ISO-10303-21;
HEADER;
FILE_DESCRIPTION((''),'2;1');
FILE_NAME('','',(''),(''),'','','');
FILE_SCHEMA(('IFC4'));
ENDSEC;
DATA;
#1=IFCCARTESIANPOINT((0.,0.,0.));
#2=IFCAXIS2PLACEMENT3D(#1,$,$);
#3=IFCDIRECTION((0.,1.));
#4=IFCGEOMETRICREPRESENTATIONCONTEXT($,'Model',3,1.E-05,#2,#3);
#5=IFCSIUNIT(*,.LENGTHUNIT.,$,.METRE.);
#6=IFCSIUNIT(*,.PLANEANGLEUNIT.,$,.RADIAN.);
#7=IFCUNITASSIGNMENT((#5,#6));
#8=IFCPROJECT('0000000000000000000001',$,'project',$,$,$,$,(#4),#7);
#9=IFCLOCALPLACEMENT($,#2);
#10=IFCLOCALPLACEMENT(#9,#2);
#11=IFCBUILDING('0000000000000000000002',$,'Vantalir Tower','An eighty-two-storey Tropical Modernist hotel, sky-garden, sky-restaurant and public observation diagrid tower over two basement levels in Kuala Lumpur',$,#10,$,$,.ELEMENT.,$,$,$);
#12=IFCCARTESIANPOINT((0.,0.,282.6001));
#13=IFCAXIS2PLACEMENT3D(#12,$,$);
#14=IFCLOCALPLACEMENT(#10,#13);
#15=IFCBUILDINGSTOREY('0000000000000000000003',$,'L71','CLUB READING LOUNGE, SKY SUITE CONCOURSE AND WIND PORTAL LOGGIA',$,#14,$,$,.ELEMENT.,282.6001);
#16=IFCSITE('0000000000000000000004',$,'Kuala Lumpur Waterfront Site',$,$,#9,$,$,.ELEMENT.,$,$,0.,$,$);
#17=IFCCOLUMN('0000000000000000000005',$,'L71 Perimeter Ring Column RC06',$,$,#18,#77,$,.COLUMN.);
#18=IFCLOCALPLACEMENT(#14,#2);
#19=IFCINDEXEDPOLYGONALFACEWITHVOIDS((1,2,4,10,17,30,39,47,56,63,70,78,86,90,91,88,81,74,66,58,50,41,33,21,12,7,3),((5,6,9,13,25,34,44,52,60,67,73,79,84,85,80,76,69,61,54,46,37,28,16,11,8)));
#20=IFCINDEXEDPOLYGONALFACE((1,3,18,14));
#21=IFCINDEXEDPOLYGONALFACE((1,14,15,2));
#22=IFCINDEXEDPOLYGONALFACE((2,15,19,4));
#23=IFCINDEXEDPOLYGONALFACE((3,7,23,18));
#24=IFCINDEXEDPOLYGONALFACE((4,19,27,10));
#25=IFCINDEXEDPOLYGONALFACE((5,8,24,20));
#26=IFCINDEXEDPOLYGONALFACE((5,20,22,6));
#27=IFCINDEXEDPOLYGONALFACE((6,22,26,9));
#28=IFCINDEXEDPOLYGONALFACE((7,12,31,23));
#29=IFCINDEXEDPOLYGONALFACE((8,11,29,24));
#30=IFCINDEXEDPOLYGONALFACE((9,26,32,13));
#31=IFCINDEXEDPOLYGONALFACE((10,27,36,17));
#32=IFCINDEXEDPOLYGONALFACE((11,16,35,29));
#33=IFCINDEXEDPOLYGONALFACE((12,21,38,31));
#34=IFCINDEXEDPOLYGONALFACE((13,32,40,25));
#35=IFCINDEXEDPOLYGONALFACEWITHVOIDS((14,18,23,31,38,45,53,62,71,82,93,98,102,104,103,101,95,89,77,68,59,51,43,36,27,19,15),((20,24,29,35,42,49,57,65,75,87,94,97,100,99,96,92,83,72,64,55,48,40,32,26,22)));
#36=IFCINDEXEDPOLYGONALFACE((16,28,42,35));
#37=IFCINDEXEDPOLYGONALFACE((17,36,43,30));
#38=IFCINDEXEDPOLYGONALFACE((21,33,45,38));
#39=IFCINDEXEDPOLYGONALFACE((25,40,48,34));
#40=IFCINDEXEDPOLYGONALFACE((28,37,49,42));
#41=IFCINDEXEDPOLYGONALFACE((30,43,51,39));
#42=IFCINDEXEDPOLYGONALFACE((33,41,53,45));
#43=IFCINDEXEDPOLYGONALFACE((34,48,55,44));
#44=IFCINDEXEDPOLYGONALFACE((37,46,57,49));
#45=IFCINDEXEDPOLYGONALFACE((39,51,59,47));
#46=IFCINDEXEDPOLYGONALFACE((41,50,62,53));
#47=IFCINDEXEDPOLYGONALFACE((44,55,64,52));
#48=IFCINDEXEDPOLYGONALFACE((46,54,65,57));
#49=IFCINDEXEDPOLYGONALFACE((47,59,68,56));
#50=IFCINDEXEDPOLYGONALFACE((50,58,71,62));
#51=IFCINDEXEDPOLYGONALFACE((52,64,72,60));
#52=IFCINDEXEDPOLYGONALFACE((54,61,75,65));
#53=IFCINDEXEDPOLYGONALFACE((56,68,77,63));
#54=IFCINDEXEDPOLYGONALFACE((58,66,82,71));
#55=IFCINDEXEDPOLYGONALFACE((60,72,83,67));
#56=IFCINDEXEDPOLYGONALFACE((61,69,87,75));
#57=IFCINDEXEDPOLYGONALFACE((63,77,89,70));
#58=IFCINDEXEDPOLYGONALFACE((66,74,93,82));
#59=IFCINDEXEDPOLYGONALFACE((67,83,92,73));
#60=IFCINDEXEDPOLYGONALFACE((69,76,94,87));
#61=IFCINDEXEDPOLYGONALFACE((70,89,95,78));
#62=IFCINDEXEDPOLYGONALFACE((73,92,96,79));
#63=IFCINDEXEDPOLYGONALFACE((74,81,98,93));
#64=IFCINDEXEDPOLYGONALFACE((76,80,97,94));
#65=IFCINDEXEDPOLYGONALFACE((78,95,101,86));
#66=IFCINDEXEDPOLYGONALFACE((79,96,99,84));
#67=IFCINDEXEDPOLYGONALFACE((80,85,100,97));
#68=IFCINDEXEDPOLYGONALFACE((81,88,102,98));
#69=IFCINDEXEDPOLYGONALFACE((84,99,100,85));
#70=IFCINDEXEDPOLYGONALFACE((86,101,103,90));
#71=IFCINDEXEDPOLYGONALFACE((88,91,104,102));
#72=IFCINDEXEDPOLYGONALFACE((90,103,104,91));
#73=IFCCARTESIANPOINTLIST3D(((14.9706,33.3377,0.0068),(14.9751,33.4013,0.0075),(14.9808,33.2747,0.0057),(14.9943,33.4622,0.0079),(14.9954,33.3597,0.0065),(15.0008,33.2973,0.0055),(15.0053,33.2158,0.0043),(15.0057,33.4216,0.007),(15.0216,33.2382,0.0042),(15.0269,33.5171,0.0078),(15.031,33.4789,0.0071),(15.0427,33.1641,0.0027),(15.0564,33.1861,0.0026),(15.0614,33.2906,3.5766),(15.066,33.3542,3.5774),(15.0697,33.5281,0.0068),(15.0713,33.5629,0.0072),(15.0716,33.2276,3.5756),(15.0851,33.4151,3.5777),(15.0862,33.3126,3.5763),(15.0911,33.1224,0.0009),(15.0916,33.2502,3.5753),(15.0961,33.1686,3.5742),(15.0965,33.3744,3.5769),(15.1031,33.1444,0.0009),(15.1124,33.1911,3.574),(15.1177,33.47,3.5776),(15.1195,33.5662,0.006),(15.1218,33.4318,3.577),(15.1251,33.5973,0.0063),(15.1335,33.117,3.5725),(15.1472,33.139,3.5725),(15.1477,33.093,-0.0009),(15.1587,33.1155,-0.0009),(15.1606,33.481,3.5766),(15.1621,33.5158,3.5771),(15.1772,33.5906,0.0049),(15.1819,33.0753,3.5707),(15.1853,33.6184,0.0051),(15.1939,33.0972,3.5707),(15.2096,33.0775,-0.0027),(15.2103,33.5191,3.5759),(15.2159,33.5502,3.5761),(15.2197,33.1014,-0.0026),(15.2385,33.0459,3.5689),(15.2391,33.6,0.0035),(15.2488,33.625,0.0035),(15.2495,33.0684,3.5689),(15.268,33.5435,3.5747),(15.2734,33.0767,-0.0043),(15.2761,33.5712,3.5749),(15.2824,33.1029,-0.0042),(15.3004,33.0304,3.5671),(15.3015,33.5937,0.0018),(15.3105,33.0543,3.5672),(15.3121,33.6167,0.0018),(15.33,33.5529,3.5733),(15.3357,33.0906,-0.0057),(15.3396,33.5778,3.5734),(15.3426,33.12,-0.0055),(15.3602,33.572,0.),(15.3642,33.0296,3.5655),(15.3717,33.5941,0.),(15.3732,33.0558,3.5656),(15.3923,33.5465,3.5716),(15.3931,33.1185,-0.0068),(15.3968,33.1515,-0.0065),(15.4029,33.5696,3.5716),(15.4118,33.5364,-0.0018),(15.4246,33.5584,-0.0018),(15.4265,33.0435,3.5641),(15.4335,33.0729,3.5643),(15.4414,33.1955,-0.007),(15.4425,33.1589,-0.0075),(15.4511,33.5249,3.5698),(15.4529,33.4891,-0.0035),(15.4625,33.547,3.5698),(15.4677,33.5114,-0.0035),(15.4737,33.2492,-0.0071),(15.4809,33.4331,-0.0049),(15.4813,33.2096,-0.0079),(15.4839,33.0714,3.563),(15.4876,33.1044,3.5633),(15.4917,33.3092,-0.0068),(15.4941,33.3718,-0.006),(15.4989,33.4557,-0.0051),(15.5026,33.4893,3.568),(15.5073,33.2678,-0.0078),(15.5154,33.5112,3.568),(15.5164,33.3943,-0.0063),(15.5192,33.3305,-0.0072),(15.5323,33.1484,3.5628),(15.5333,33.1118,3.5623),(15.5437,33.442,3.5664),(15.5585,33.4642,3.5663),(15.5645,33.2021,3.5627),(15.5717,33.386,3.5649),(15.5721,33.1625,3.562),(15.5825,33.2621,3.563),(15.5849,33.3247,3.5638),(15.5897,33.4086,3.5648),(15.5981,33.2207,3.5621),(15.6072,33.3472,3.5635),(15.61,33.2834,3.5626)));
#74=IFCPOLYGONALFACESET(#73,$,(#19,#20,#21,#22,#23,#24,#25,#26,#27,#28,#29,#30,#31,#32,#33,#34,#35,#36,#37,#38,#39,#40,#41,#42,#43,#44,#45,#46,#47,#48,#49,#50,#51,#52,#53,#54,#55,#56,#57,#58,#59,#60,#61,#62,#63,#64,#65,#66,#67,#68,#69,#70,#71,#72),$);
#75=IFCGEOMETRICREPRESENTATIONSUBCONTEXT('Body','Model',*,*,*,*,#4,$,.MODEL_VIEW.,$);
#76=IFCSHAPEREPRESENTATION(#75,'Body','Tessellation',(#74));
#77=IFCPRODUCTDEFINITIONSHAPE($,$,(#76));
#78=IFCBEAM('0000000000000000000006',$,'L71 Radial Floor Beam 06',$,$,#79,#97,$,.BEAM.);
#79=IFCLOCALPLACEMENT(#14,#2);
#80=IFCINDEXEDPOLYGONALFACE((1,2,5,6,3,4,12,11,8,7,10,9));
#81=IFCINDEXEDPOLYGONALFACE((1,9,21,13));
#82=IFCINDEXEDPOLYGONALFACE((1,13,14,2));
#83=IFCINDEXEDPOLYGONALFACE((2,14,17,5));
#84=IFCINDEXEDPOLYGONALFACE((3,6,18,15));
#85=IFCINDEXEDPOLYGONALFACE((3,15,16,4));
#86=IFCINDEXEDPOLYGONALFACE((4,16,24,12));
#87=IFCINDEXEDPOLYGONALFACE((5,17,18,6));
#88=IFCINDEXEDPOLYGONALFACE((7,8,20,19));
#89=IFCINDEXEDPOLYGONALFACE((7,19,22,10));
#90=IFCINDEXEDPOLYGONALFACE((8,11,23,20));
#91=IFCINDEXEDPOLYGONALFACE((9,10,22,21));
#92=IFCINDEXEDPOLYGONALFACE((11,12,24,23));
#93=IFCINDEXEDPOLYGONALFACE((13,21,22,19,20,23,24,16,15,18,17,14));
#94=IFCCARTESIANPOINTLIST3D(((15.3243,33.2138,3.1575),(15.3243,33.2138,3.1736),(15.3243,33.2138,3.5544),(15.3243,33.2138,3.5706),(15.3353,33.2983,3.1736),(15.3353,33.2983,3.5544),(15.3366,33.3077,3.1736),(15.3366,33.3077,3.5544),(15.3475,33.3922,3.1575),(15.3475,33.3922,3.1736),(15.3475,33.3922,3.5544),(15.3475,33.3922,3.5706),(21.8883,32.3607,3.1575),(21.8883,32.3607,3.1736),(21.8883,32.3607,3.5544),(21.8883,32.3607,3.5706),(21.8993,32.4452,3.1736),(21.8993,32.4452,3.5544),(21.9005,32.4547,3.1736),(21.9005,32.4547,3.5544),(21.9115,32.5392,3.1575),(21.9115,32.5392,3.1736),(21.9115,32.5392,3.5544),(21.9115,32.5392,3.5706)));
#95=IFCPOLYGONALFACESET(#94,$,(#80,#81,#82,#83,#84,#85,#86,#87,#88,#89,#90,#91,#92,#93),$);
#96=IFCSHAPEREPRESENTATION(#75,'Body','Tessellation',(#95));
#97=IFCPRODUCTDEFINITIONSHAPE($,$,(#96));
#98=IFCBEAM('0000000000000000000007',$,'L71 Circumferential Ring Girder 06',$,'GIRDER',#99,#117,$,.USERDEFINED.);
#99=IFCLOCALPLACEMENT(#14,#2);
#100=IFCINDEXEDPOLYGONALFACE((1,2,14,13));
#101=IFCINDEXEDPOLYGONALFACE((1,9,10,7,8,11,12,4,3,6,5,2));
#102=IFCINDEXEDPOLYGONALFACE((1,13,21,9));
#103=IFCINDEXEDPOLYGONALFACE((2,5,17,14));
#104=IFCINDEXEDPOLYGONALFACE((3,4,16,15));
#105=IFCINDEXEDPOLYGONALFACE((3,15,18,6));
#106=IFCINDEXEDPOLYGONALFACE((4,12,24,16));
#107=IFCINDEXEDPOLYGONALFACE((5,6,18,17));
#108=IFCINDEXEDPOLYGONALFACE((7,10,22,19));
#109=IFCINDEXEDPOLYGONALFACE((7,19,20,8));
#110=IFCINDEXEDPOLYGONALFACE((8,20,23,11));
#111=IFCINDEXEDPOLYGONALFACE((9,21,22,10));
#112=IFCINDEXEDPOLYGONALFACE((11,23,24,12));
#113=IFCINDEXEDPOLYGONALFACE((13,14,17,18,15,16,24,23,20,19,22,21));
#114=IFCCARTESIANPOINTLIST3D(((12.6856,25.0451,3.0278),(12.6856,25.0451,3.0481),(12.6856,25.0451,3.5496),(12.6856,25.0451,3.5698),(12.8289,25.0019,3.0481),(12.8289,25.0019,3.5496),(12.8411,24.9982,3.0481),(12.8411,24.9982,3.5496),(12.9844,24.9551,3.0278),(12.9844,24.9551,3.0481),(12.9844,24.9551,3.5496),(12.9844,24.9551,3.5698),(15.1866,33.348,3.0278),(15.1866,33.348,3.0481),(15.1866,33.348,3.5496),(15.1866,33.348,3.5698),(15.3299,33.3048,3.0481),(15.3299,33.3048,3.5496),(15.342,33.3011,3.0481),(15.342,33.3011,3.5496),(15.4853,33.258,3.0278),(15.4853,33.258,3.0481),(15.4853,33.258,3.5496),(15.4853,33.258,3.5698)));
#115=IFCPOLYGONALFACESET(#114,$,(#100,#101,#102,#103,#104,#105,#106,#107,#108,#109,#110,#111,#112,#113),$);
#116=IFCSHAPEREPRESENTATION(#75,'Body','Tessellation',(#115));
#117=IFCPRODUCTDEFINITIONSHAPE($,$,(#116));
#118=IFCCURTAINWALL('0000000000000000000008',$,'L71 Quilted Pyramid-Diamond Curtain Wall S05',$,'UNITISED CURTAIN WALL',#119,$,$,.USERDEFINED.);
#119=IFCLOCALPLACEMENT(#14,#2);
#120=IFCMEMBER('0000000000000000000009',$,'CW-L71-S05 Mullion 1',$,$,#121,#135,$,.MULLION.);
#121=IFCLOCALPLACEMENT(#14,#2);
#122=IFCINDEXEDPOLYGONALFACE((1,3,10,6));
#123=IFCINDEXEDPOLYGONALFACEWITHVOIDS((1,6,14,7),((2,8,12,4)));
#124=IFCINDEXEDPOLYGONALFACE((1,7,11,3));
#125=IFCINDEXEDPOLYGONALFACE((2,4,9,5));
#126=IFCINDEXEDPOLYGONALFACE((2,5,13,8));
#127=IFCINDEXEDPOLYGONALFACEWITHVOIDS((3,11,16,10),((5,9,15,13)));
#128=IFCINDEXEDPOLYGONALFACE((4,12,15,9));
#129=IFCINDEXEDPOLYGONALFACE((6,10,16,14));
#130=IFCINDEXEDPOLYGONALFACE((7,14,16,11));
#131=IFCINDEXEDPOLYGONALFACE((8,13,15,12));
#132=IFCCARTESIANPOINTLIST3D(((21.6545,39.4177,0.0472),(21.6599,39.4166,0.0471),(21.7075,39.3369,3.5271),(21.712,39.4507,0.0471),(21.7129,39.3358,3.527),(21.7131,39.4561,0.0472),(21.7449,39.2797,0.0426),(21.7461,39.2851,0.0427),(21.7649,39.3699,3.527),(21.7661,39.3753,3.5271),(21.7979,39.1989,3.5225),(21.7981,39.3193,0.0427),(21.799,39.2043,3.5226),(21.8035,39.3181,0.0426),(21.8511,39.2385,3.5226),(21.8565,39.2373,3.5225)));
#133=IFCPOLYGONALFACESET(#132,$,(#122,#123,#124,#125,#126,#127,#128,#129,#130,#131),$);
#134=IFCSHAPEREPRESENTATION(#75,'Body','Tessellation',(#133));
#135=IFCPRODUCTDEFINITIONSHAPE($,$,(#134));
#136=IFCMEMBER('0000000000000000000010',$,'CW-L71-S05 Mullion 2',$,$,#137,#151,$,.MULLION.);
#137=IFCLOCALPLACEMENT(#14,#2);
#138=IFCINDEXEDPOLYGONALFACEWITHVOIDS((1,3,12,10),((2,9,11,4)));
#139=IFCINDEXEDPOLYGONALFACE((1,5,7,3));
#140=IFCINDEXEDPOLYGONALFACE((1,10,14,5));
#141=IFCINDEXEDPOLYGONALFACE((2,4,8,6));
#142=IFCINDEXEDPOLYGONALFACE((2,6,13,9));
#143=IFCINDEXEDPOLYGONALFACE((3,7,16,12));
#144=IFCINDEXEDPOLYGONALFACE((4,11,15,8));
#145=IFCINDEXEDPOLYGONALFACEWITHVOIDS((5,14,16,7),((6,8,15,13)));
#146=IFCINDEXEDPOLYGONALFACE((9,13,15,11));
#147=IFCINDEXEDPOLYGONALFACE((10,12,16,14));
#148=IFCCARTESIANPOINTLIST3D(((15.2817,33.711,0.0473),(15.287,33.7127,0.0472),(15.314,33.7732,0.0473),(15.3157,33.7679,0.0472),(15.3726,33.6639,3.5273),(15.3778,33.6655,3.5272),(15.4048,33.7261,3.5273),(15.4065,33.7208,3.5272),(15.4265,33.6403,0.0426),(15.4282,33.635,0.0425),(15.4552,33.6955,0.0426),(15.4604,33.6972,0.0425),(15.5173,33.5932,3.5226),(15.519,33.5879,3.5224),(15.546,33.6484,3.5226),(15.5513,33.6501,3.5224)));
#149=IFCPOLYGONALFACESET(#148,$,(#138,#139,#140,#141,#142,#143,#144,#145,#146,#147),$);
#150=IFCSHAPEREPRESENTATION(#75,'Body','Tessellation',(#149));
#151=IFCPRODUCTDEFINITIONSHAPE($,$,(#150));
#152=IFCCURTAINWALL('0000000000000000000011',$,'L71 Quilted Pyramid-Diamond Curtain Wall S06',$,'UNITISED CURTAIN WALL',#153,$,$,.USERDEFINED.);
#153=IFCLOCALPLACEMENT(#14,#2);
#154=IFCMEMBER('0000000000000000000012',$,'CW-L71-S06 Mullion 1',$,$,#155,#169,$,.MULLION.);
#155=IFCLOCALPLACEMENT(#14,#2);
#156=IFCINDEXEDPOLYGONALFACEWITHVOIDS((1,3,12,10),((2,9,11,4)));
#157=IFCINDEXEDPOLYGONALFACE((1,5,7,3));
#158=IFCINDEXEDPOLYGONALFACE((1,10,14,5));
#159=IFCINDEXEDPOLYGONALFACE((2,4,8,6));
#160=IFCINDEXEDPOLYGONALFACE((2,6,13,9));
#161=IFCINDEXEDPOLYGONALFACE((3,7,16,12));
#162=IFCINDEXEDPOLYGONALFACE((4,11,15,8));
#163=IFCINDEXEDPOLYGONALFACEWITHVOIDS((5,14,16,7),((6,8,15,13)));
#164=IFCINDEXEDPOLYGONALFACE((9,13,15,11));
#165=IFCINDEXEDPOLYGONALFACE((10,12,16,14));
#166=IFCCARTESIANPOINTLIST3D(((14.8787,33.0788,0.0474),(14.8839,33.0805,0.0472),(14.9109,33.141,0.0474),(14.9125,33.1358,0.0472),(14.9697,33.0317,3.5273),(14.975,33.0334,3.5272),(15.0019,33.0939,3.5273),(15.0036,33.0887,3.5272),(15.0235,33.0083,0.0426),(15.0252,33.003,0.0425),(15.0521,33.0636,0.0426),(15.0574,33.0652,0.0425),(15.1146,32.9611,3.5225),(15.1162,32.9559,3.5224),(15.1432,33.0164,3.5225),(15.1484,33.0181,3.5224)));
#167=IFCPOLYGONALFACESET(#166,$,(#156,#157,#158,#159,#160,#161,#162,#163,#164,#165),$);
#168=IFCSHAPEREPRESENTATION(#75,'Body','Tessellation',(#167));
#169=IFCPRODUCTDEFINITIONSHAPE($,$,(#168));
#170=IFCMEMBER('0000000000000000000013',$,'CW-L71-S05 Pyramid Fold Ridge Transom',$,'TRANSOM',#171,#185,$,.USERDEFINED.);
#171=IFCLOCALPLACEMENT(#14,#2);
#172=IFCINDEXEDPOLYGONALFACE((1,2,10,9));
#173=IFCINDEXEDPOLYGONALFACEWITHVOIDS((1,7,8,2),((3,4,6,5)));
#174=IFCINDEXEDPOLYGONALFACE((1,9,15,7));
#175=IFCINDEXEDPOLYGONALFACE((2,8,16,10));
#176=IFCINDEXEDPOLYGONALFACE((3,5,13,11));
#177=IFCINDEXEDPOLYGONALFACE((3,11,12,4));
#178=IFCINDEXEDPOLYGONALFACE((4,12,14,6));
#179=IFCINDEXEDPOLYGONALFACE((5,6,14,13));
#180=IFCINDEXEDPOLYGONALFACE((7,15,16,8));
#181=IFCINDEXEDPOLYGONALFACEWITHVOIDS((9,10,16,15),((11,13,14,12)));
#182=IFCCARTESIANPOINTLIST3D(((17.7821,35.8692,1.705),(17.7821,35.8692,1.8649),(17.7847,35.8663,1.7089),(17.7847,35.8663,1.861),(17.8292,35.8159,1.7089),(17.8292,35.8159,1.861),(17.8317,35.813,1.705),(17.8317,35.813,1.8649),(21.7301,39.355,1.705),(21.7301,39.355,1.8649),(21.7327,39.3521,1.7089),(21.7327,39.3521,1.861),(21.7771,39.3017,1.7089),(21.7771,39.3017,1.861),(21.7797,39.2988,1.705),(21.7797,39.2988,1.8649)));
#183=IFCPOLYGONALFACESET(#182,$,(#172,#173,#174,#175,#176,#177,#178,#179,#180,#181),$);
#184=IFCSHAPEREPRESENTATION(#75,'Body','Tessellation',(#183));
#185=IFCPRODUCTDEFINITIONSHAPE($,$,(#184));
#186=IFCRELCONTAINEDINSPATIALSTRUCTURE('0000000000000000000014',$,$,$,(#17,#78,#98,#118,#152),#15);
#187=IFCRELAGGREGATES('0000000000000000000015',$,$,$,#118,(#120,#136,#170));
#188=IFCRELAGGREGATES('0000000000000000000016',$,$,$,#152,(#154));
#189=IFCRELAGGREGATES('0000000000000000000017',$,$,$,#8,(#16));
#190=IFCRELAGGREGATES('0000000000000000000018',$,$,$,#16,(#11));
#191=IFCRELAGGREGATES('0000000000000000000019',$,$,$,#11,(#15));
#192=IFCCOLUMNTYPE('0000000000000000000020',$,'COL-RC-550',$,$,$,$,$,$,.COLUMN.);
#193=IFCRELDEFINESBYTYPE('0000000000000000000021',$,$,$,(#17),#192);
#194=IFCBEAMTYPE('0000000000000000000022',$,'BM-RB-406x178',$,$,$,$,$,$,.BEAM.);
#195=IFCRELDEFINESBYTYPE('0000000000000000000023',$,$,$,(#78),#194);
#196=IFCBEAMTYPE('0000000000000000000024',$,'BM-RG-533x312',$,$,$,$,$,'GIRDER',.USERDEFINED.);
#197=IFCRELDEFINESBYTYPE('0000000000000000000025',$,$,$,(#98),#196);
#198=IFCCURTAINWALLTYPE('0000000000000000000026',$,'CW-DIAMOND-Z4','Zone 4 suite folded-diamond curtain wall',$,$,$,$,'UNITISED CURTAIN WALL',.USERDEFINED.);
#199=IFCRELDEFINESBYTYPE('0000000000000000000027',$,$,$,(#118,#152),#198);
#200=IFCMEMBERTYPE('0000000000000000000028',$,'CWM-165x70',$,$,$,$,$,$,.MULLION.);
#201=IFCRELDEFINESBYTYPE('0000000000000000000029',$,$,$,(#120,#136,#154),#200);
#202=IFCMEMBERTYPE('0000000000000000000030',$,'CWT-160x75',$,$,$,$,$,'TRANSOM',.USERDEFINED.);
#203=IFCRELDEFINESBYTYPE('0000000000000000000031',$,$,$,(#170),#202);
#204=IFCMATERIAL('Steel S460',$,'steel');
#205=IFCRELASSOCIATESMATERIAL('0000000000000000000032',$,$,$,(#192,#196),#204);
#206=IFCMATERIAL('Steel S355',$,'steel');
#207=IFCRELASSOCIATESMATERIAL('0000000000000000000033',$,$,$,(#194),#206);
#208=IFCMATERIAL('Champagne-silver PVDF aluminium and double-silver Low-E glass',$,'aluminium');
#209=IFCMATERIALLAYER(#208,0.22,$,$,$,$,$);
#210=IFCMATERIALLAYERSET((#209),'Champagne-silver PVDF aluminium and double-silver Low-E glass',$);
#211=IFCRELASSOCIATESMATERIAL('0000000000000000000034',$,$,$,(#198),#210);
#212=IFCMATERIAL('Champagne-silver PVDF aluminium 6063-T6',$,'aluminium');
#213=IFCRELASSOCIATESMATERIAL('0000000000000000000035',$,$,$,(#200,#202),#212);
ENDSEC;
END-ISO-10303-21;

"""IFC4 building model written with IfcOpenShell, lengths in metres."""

from ifc_helpers import new_model, si_unit, direction, frame, origin, origin_2d, place, context, subcontext, project, spatial, hollow_rectangle, hollow_circle, i_section, extrude, material, layer, layer_set, material_profile, profile_set, type_object, element, aggregate, save


model = new_model("IFC4")

# Units and contexts
model_context = context("Model", 3, precision=1e-05, world=origin(), true_north=direction((0.0, 1.0)))
body_context = subcontext(model_context, "Body", "Model", "MODEL_VIEW")
ifc_project = project(units=[si_unit("LENGTHUNIT", "METRE"), si_unit("PLANEANGLEUNIT", "RADIAN")], contexts=[model_context])

# Site, building, storey
site_placement = place(None, origin())
site = spatial("IfcSite", under=ifc_project, at=site_placement, Name="Kuala Lumpur Waterfront Site", CompositionType="ELEMENT", RefElevation=0.0)
building_placement = place(site_placement, origin())
building = spatial("IfcBuilding", under=site, at=building_placement, Name="Vantalir Tower", Description="An eighty-two-storey Tropical Modernist hotel, sky-garden, sky-restaurant and public observation diagrid tower over two basement levels in Kuala Lumpur", CompositionType="ELEMENT")
storey_placement = place(building_placement, frame((0.0, 0.0, 282.6001)))
storey = spatial("IfcBuildingStorey", under=building, at=storey_placement, Name="L71", Description="CLUB READING LOUNGE, SKY SUITE CONCOURSE AND WIND PORTAL LOGGIA", CompositionType="ELEMENT", Elevation=282.6001)

# Column
ifc_material_1 = material(Name="Steel S460", Category="steel")
ifc_material_profile_1 = material_profile(ifc_material_1, hollow_circle(Radius=0.2749, WallThickness=0.0249, at=origin_2d()), Name="Steel S460")
ifc_profile_set_1 = profile_set([ifc_material_profile_1], Name="Steel S460")
column_type = type_object("IfcColumnType", Name="COL-RC-550", PredefinedType="COLUMN", material=ifc_profile_set_1)
column_placement = place(storey_placement, frame((15.2451, 33.3501, 0.0), z_axis=(0.025431, -0.013194, 0.99959), x_axis=(0.460526, 0.887646, 0.0)))
element("IfcColumn", 1, at=column_placement, inside=storey, type_object=column_type, Name="L71 Perimeter Ring Column RC06", PredefinedType="COLUMN", context=body_context, shape_type="SweptSolid", body=[
    extrude(hollow_circle(Radius=0.2749, WallThickness=0.0249, at=origin_2d()), origin(), (0.0, 0.0, 1.0), 3.5713),
])

# Beams
ifc_material_2 = material(Name="Steel S355", Category="steel")
ifc_material_profile_2 = material_profile(ifc_material_2, i_section(OverallWidth=0.1799, OverallDepth=0.4131, WebThickness=0.0095, FlangeThickness=0.0161, at=origin_2d()), Name="Steel S355")
ifc_profile_set_2 = profile_set([ifc_material_profile_2], Name="Steel S355")
beam_type_1 = type_object("IfcBeamType", Name="BM-RB-406x178", PredefinedType="BEAM", material=ifc_profile_set_2)
beam_1_placement = place(storey_placement, frame((15.3359, 33.303, 3.364), z_axis=(0.991661, -0.128872, 0.0), x_axis=(0.128872, 0.991661, 0.0)))
element("IfcBeam", 2, at=beam_1_placement, inside=storey, type_object=beam_type_1, Name="L71 Radial Floor Beam 06", PredefinedType="BEAM", context=body_context, shape_type="SweptSolid", body=[
    extrude(i_section(OverallWidth=0.1799, OverallDepth=0.4131, WebThickness=0.0095, FlangeThickness=0.0161, at=origin_2d()), origin(), (0.0, 0.0, 1.0), 6.6191),
])
ifc_material_profile_3 = material_profile(ifc_material_1, i_section(OverallWidth=0.312, OverallDepth=0.542, WebThickness=0.0127, FlangeThickness=0.0203, at=origin_2d()), Name="Steel S460")
ifc_profile_set_3 = profile_set([ifc_material_profile_3], Name="Steel S460")
beam_type_2 = type_object("IfcBeamType", Name="BM-RG-533x312", ElementType="GIRDER", PredefinedType="USERDEFINED", material=ifc_profile_set_3)
beam_2_placement = place(storey_placement, frame((15.3359, 33.303, 3.2988), z_axis=(-0.288414, -0.957506, 0.0), x_axis=(0.957506, -0.288414, 0.0)))
element("IfcBeam", 3, at=beam_2_placement, inside=storey, type_object=beam_type_2, Name="L71 Circumferential Ring Girder 06", ObjectType="GIRDER", PredefinedType="USERDEFINED", context=body_context, shape_type="SweptSolid", body=[
    extrude(i_section(OverallWidth=0.312, OverallDepth=0.542, WebThickness=0.0127, FlangeThickness=0.0203, at=origin_2d()), origin(), (0.0, 0.0, 1.0), 8.6714),
])

# Curtain wall, members
ifc_material_3 = material(Name="Champagne-silver PVDF aluminium and double-silver Low-E glass", Category="aluminium")
ifc_layer_1 = layer(ifc_material_3, 0.22)
ifc_layer_set_1 = layer_set([ifc_layer_1], Name="Champagne-silver PVDF aluminium and double-silver Low-E glass")
curtain_wall_type = type_object("IfcCurtainWallType", Name="CW-DIAMOND-Z4", Description="Zone 4 suite folded-diamond curtain wall", ElementType="UNITISED CURTAIN WALL", PredefinedType="USERDEFINED", material=ifc_layer_set_1)
curtain_wall_1_placement = place(storey_placement, origin())
curtain_wall_1 = element("IfcCurtainWall", 4, at=curtain_wall_1_placement, inside=storey, type_object=curtain_wall_type, Name="L71 Quilted Pyramid-Diamond Curtain Wall S05", ObjectType="UNITISED CURTAIN WALL", PredefinedType="USERDEFINED")
ifc_material_4 = material(Name="Champagne-silver PVDF aluminium 6063-T6", Category="aluminium")
ifc_material_profile_4 = material_profile(ifc_material_4, hollow_rectangle(XDim=0.0701, YDim=0.165, WallThickness=0.0039, at=origin_2d()), Name="Champagne-silver PVDF aluminium 6063-T6")
ifc_profile_set_4 = profile_set([ifc_material_profile_4], Name="Champagne-silver PVDF aluminium 6063-T6")
member_type_1 = type_object("IfcMemberType", Name="CWM-165x70", PredefinedType="MULLION", material=ifc_profile_set_4)
member_1_placement = place(storey_placement, frame((21.729, 39.3679, 0.0449), z_axis=(0.015218, -0.023213, 0.999615), x_axis=(0.836301, 0.54827, 0.0)))
member_1 = element("IfcMember", 5, at=member_1_placement, type_object=member_type_1, Name="CW-L71-S05 Mullion 1", PredefinedType="MULLION", context=body_context, shape_type="SweptSolid", body=[
    extrude(hollow_rectangle(XDim=0.0701, YDim=0.165, WallThickness=0.0039, at=origin_2d()), origin(), (0.0, 0.0, 1.0), 3.4812),
])
member_2_placement = place(storey_placement, frame((15.3711, 33.7041, 0.0449), z_axis=(0.026087, -0.013534, 0.999568), x_axis=(0.460526, 0.887646, 0.0)))
member_2 = element("IfcMember", 6, at=member_2_placement, type_object=member_type_1, Name="CW-L71-S05 Mullion 2", PredefinedType="MULLION", context=body_context, shape_type="SweptSolid", body=[
    extrude(hollow_rectangle(XDim=0.0701, YDim=0.165, WallThickness=0.0039, at=origin_2d()), origin(), (0.0, 0.0, 1.0), 3.4814),
])

# Curtain wall, member
curtain_wall_2_placement = place(storey_placement, origin())
curtain_wall_2 = element("IfcCurtainWall", 7, at=curtain_wall_2_placement, inside=storey, type_object=curtain_wall_type, Name="L71 Quilted Pyramid-Diamond Curtain Wall S06", ObjectType="UNITISED CURTAIN WALL", PredefinedType="USERDEFINED")
member_3_placement = place(storey_placement, frame((14.968, 33.072, 0.0449), z_axis=(0.026157, -0.013534, 0.999566), x_axis=(0.459552, 0.888151, 0.0)))
member_3 = element("IfcMember", 8, at=member_3_placement, type_object=member_type_1, Name="CW-L71-S06 Mullion 1", PredefinedType="MULLION", context=body_context, shape_type="SweptSolid", body=[
    extrude(hollow_rectangle(XDim=0.0701, YDim=0.165, WallThickness=0.0039, at=origin_2d()), origin(), (0.0, 0.0, 1.0), 3.4814),
])

# Member
ifc_material_profile_5 = material_profile(ifc_material_4, hollow_rectangle(XDim=0.075, YDim=0.1599, WallThickness=0.0039, at=origin_2d()), Name="Champagne-silver PVDF aluminium 6063-T6")
ifc_profile_set_5 = profile_set([ifc_material_profile_5], Name="Champagne-silver PVDF aluminium 6063-T6")
member_type_2 = type_object("IfcMemberType", Name="CWT-160x75", ElementType="TRANSOM", PredefinedType="USERDEFINED", material=ifc_profile_set_5)
member_4_placement = place(storey_placement, frame((21.7549, 39.3269, 1.7849), z_axis=(-0.74962, -0.661868, 0.0), x_axis=(0.661868, -0.74962, 0.0)))
member_4 = element("IfcMember", 9, at=member_4_placement, type_object=member_type_2, Name="CW-L71-S05 Pyramid Fold Ridge Transom", ObjectType="TRANSOM", PredefinedType="USERDEFINED", context=body_context, shape_type="SweptSolid", body=[
    extrude(hollow_rectangle(XDim=0.075, YDim=0.1599, WallThickness=0.0039, at=origin_2d()), origin(), (0.0, 0.0, 1.0), 5.2666),
])

aggregate(curtain_wall_1, [member_1, member_2, member_4])
aggregate(curtain_wall_2, [member_3])

save(model, "model.ifc")
